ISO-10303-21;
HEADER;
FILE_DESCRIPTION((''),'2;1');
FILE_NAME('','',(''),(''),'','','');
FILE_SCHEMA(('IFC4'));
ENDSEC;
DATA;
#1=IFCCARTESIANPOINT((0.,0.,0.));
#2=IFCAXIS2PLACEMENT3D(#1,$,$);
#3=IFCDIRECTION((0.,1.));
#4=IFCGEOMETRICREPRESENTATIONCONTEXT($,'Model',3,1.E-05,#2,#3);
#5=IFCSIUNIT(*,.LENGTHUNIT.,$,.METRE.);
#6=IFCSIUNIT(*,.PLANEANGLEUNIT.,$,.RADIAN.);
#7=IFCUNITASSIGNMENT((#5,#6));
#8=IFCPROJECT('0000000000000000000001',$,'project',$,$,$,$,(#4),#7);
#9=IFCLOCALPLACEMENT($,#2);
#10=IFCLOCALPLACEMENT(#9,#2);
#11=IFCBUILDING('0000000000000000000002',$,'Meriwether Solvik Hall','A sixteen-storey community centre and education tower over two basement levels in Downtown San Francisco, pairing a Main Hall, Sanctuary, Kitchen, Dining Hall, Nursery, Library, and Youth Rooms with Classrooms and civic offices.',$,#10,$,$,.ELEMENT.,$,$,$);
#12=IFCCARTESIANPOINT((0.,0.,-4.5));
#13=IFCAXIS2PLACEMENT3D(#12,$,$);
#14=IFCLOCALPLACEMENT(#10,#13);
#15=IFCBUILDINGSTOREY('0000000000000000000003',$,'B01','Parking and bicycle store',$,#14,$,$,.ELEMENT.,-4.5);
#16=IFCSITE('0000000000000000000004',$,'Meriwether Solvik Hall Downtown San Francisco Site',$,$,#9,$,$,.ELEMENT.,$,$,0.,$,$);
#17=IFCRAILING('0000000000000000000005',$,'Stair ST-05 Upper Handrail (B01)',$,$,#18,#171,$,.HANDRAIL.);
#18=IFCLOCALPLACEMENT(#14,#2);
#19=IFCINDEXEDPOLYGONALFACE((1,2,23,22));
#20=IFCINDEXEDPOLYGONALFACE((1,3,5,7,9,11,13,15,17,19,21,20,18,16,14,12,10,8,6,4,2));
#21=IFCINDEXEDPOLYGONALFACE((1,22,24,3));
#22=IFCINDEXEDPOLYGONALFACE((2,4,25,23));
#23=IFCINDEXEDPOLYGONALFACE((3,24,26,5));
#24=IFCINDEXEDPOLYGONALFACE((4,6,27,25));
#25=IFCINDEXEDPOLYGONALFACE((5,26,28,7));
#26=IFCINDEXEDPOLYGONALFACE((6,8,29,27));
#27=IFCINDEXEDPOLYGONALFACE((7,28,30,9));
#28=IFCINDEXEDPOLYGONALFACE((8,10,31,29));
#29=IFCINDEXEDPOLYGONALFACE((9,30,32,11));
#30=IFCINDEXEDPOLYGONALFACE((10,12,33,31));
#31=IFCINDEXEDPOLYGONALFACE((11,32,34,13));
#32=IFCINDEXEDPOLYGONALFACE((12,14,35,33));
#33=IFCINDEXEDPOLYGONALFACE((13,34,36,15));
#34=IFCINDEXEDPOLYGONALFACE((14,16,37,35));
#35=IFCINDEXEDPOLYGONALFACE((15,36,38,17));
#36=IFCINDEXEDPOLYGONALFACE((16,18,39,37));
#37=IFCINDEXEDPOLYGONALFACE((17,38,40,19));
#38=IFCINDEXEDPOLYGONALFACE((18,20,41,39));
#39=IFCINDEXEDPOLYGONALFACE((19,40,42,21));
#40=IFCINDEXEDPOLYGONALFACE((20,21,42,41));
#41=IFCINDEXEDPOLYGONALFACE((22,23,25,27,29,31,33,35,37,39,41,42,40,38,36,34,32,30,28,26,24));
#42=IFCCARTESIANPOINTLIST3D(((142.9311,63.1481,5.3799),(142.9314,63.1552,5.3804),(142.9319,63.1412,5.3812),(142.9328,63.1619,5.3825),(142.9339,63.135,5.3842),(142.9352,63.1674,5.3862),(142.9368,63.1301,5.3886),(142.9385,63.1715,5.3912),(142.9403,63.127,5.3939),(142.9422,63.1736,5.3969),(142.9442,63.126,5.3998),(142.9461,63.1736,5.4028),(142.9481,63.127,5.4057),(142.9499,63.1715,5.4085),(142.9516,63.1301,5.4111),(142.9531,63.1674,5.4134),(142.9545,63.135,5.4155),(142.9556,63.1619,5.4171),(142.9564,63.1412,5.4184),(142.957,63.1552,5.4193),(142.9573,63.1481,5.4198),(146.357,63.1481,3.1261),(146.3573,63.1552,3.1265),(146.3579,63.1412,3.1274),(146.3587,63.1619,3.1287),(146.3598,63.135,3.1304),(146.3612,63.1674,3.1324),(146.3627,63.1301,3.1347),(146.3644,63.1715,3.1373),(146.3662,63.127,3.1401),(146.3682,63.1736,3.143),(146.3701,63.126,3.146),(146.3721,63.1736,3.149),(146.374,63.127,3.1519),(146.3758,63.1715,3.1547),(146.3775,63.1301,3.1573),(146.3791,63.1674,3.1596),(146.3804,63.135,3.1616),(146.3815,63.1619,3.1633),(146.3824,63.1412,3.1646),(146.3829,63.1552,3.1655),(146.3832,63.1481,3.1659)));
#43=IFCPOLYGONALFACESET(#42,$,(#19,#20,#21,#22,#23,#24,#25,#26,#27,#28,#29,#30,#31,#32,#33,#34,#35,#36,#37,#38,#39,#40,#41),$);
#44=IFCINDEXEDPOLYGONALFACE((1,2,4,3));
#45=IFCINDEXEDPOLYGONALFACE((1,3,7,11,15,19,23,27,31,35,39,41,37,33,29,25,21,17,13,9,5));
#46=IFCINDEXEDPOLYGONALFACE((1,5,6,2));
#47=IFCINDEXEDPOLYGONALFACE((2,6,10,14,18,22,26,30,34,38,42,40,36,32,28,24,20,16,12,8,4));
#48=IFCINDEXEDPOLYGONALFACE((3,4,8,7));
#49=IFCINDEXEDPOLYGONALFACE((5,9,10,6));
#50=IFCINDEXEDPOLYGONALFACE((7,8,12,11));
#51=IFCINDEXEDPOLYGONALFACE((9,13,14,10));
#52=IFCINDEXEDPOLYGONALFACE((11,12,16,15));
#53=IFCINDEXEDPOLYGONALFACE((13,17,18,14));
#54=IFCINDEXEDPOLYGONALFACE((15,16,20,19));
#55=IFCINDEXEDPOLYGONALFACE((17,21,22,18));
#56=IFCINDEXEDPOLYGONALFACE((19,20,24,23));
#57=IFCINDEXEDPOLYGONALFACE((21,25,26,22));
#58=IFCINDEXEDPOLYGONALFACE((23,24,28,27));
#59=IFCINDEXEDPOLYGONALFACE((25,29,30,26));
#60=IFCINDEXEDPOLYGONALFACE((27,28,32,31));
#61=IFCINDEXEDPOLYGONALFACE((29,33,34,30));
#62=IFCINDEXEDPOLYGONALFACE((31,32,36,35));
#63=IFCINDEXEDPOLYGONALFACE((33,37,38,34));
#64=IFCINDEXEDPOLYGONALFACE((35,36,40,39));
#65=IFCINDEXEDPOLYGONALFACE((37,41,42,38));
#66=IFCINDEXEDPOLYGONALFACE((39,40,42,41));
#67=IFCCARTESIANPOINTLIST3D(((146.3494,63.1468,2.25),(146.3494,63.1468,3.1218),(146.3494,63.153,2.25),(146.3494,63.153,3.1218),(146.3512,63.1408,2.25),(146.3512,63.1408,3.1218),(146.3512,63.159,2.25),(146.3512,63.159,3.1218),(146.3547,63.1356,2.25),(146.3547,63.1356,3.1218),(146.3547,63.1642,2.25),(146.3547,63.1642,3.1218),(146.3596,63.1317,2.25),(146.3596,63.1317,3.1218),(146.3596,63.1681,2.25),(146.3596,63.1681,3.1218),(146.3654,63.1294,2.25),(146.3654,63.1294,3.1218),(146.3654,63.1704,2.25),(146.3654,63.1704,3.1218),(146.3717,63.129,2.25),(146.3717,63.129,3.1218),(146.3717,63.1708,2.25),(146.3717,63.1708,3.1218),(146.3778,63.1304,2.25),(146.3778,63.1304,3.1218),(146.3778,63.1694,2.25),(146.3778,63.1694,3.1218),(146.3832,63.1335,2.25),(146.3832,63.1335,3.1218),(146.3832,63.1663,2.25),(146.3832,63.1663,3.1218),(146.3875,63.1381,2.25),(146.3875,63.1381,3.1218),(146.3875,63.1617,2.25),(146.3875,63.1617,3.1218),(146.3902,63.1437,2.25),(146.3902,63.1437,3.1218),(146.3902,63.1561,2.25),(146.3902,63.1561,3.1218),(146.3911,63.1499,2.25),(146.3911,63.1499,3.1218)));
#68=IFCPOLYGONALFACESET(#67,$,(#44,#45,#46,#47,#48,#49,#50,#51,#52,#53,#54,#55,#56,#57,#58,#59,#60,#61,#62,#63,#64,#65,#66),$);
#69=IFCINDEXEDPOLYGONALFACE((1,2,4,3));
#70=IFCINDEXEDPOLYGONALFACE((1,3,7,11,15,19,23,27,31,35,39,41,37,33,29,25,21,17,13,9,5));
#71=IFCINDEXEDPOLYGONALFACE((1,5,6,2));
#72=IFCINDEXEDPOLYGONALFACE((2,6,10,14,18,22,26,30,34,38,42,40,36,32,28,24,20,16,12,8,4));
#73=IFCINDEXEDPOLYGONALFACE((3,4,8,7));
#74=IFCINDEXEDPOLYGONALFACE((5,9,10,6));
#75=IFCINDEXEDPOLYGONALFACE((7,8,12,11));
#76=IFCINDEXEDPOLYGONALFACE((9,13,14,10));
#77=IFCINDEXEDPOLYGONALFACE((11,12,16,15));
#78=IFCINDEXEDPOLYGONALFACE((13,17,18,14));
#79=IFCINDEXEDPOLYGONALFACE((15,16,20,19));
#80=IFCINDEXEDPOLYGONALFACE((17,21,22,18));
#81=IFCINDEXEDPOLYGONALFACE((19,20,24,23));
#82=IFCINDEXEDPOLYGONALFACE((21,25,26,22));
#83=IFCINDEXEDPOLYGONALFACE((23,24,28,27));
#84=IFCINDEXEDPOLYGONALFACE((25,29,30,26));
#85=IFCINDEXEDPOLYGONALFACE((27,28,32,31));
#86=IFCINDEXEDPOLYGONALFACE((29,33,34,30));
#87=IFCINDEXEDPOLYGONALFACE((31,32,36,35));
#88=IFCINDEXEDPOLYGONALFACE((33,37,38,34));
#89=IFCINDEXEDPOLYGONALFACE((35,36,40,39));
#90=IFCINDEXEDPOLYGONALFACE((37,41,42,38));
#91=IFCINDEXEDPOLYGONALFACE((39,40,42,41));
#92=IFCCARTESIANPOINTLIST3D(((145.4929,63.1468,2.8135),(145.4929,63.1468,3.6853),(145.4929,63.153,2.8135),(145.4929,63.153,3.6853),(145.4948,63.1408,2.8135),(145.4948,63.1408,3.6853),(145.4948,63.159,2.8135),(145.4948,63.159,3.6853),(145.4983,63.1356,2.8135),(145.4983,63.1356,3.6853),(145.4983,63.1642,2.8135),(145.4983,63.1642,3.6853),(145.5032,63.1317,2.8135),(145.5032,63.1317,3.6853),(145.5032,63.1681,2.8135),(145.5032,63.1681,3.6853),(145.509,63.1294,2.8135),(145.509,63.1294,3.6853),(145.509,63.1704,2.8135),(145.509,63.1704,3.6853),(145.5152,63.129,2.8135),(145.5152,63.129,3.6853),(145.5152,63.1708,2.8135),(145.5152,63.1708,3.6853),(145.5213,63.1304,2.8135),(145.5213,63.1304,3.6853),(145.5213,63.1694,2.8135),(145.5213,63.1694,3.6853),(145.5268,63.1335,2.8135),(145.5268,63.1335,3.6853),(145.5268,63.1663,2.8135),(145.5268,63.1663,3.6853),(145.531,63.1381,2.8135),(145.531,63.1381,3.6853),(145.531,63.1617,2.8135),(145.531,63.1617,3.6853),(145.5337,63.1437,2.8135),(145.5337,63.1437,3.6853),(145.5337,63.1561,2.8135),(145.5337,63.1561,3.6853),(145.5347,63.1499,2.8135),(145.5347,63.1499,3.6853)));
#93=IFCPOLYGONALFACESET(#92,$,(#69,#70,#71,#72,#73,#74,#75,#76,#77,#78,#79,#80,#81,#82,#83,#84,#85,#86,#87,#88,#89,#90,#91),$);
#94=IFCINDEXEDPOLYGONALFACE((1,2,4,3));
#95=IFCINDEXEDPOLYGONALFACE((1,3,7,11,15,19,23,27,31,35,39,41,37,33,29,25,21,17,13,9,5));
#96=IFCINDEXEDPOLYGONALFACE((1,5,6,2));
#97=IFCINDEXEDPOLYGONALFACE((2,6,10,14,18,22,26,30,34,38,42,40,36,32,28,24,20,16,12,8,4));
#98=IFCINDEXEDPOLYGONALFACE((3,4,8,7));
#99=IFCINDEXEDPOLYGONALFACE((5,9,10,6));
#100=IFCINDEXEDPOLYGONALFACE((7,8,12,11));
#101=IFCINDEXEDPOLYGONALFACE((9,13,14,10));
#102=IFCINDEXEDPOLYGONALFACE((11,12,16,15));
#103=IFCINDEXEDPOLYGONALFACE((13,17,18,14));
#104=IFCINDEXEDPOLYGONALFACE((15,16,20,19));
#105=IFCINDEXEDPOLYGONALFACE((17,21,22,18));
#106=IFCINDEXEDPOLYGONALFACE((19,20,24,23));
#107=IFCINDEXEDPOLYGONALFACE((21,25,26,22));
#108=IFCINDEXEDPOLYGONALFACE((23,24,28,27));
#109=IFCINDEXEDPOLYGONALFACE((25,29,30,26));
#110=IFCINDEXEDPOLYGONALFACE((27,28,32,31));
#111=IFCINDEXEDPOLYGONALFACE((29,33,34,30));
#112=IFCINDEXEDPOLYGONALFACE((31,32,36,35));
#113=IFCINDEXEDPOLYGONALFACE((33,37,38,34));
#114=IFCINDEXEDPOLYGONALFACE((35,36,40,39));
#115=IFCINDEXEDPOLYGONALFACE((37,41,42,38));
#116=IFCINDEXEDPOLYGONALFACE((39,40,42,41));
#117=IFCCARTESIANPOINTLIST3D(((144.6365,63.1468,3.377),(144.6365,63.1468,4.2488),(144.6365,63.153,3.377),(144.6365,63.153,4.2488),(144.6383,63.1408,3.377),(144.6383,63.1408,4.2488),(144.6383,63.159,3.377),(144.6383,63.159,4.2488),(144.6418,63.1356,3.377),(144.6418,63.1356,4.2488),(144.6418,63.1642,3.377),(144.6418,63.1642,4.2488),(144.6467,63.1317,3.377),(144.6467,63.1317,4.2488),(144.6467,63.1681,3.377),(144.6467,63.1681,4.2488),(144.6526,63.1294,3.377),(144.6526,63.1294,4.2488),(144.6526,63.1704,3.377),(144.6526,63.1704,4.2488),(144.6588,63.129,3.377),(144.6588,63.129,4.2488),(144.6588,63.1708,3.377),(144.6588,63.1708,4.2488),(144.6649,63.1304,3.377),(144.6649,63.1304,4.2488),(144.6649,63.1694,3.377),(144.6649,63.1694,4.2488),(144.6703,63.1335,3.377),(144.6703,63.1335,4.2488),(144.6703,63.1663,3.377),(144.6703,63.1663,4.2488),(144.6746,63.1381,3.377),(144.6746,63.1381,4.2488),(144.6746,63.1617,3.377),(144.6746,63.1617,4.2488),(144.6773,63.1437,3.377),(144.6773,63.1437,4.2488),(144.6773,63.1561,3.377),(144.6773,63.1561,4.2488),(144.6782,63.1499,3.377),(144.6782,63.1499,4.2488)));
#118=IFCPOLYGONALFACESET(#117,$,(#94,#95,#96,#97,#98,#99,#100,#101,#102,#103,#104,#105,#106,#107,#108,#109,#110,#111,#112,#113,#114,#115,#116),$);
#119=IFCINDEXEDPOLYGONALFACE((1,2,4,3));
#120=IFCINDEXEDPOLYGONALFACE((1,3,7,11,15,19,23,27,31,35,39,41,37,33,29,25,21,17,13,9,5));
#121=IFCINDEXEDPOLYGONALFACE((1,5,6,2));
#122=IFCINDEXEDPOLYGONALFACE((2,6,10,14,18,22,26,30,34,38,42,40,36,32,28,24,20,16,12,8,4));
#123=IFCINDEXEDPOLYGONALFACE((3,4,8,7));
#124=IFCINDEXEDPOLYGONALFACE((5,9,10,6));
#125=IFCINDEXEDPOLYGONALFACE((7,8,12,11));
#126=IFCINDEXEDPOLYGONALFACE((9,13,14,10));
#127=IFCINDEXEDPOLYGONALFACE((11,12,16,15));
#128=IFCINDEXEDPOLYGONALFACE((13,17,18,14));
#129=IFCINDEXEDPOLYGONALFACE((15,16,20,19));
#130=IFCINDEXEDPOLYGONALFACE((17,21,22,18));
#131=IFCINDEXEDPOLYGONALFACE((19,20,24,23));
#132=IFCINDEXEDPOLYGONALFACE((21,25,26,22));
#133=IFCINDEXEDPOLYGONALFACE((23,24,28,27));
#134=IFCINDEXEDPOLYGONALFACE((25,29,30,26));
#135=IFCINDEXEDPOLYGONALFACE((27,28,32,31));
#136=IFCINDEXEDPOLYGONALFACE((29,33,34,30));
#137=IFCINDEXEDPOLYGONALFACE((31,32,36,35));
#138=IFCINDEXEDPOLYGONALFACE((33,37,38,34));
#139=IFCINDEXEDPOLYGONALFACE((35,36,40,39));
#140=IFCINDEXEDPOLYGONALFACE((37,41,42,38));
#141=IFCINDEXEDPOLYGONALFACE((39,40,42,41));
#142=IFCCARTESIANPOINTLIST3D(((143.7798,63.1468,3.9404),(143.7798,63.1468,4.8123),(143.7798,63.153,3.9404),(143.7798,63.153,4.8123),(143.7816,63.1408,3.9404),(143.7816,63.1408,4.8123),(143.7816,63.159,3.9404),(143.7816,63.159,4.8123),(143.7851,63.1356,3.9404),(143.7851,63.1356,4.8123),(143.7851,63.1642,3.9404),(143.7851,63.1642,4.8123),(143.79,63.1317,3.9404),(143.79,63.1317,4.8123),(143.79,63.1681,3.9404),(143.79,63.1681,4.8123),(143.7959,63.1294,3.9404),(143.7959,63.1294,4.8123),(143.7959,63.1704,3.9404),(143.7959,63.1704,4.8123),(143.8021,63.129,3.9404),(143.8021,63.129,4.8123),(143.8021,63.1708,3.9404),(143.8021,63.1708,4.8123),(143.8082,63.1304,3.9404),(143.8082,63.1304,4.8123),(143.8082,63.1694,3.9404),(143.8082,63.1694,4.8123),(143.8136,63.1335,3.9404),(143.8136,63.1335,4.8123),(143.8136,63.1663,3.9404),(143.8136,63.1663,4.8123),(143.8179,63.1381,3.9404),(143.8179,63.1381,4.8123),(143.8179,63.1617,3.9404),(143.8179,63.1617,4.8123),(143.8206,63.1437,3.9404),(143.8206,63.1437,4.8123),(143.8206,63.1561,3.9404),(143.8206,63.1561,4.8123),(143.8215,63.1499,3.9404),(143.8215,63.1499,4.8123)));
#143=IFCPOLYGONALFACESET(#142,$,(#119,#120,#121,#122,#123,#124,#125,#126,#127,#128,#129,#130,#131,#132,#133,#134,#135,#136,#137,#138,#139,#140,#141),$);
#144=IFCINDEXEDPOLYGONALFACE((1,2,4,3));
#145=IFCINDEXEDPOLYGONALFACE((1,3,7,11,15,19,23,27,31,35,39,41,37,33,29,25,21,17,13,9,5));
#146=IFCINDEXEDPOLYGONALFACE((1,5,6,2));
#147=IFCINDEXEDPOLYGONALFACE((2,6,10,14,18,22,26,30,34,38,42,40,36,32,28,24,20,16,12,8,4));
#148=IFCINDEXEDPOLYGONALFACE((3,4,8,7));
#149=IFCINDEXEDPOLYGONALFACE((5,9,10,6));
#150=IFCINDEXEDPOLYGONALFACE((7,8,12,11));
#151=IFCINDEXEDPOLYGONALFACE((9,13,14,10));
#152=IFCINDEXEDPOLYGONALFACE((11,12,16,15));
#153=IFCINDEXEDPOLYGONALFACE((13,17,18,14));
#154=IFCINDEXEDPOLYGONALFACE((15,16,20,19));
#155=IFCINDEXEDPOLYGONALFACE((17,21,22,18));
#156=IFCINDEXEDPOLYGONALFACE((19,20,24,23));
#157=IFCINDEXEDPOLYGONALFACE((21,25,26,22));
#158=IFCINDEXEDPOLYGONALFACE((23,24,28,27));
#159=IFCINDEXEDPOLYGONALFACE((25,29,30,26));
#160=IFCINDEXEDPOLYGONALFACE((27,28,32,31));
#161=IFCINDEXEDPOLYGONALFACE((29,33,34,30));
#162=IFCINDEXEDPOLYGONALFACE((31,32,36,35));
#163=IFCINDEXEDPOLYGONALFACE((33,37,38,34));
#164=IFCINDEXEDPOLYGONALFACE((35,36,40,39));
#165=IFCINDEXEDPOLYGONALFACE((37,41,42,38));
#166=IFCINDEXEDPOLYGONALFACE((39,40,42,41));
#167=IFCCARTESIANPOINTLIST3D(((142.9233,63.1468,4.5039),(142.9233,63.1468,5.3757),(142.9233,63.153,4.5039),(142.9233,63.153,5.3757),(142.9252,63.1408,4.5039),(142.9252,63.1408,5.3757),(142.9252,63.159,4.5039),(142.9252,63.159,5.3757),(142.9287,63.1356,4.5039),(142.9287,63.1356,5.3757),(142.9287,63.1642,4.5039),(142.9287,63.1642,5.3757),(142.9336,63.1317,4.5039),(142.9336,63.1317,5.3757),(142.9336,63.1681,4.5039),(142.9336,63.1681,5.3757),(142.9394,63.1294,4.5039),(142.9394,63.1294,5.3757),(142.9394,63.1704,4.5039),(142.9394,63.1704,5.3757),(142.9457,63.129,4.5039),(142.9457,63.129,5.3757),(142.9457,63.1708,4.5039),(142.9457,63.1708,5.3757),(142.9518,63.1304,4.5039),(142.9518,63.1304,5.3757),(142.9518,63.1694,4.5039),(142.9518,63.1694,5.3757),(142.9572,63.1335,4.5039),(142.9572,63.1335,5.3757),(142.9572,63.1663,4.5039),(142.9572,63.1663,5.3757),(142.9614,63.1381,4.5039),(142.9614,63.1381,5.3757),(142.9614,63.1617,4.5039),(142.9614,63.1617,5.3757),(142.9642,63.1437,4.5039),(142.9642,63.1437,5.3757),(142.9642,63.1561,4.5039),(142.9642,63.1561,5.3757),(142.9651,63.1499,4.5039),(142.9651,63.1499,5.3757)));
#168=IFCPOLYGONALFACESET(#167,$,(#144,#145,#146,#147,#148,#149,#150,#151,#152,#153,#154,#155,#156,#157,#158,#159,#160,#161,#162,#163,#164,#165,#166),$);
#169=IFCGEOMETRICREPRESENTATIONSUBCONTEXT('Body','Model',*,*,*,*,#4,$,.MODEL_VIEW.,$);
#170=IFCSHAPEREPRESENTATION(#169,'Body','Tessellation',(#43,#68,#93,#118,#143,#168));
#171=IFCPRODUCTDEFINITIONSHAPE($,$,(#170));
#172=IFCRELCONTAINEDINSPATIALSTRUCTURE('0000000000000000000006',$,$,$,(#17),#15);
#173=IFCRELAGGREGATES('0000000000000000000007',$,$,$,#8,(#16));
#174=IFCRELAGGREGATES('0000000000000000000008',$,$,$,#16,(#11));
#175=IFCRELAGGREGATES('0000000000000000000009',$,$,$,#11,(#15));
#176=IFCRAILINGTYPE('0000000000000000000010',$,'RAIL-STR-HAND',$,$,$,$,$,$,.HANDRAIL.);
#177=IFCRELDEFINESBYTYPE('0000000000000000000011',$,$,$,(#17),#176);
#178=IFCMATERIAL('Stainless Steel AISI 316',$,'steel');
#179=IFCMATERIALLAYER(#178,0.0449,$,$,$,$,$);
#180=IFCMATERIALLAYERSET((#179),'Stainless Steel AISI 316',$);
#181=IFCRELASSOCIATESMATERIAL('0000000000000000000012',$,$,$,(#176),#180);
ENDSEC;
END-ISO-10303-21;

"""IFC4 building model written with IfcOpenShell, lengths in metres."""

from ifc_helpers import new_model, si_unit, direction, frame, origin, origin_2d, place, context, subcontext, project, spatial, circle, extrude, material, layer, layer_set, type_object, element, save


model = new_model("IFC4")

# Units and contexts
model_context = context("Model", 3, precision=1e-05, world=origin(), true_north=direction((0.0, 1.0)))
body_context = subcontext(model_context, "Body", "Model", "MODEL_VIEW")
ifc_project = project(units=[si_unit("LENGTHUNIT", "METRE"), si_unit("PLANEANGLEUNIT", "RADIAN")], contexts=[model_context])

# Site, building, storey
site_placement = place(None, origin())
site = spatial("IfcSite", under=ifc_project, at=site_placement, Name="Meriwether Solvik Hall Downtown San Francisco Site", CompositionType="ELEMENT", RefElevation=0.0)
building_placement = place(site_placement, origin())
building = spatial("IfcBuilding", under=site, at=building_placement, Name="Meriwether Solvik Hall", Description="A sixteen-storey community centre and education tower over two basement levels in Downtown San Francisco, pairing a Main Hall, Sanctuary, Kitchen, Dining Hall, Nursery, Library, and Youth Rooms with Classrooms and civic offices.", CompositionType="ELEMENT")
storey_placement = place(building_placement, frame((0.0, 0.0, -4.5)))
storey = spatial("IfcBuildingStorey", under=building, at=storey_placement, Name="B01", Description="Parking and bicycle store", CompositionType="ELEMENT", Elevation=-4.5)

# Railing
ifc_material_1 = material(Name="Stainless Steel AISI 316", Category="steel")
ifc_layer_1 = layer(ifc_material_1, 0.0449)
ifc_layer_set_1 = layer_set([ifc_layer_1], Name="Stainless Steel AISI 316")
railing_type_1 = type_object("IfcRailingType", Name="RAIL-STR-HAND", PredefinedType="HANDRAIL", material=ifc_layer_set_1)
railing_1_placement = place(storey_placement, frame((146.3701, 63.1499, 2.25)))
element("IfcRailing", 1, at=railing_1_placement, inside=storey, type_object=railing_type_1, Name="Stair ST-05 Upper Handrail (B01)", PredefinedType="HANDRAIL", context=body_context, shape_type="SweptSolid", body=[
    extrude(circle(Radius=0.0239, at=origin_2d()), frame((0.0, 0.0, 0.896), z_axis=(-0.835424, 0.0, 0.549607), x_axis=(0.0, -1.0, 0.0)), (0.0, 0.0, 1.0), 4.1008),
    extrude(circle(Radius=0.021, at=origin_2d()), origin(), (0.0, 0.0, 1.0), 0.8718),
    extrude(circle(Radius=0.021, at=origin_2d()), frame((-0.8564, 0.0, 0.5635)), (0.0, 0.0, 1.0), 0.8718),
    extrude(circle(Radius=0.021, at=origin_2d()), frame((-1.7129, 0.0, 1.127)), (0.0, 0.0, 1.0), 0.8718),
    extrude(circle(Radius=0.021, at=origin_2d()), frame((-2.5696, 0.0, 1.6904)), (0.0, 0.0, 1.0), 0.8718),
    extrude(circle(Radius=0.021, at=origin_2d()), frame((-3.426, 0.0, 2.2539)), (0.0, 0.0, 1.0), 0.8718),
])

save(model, "model.ifc")
